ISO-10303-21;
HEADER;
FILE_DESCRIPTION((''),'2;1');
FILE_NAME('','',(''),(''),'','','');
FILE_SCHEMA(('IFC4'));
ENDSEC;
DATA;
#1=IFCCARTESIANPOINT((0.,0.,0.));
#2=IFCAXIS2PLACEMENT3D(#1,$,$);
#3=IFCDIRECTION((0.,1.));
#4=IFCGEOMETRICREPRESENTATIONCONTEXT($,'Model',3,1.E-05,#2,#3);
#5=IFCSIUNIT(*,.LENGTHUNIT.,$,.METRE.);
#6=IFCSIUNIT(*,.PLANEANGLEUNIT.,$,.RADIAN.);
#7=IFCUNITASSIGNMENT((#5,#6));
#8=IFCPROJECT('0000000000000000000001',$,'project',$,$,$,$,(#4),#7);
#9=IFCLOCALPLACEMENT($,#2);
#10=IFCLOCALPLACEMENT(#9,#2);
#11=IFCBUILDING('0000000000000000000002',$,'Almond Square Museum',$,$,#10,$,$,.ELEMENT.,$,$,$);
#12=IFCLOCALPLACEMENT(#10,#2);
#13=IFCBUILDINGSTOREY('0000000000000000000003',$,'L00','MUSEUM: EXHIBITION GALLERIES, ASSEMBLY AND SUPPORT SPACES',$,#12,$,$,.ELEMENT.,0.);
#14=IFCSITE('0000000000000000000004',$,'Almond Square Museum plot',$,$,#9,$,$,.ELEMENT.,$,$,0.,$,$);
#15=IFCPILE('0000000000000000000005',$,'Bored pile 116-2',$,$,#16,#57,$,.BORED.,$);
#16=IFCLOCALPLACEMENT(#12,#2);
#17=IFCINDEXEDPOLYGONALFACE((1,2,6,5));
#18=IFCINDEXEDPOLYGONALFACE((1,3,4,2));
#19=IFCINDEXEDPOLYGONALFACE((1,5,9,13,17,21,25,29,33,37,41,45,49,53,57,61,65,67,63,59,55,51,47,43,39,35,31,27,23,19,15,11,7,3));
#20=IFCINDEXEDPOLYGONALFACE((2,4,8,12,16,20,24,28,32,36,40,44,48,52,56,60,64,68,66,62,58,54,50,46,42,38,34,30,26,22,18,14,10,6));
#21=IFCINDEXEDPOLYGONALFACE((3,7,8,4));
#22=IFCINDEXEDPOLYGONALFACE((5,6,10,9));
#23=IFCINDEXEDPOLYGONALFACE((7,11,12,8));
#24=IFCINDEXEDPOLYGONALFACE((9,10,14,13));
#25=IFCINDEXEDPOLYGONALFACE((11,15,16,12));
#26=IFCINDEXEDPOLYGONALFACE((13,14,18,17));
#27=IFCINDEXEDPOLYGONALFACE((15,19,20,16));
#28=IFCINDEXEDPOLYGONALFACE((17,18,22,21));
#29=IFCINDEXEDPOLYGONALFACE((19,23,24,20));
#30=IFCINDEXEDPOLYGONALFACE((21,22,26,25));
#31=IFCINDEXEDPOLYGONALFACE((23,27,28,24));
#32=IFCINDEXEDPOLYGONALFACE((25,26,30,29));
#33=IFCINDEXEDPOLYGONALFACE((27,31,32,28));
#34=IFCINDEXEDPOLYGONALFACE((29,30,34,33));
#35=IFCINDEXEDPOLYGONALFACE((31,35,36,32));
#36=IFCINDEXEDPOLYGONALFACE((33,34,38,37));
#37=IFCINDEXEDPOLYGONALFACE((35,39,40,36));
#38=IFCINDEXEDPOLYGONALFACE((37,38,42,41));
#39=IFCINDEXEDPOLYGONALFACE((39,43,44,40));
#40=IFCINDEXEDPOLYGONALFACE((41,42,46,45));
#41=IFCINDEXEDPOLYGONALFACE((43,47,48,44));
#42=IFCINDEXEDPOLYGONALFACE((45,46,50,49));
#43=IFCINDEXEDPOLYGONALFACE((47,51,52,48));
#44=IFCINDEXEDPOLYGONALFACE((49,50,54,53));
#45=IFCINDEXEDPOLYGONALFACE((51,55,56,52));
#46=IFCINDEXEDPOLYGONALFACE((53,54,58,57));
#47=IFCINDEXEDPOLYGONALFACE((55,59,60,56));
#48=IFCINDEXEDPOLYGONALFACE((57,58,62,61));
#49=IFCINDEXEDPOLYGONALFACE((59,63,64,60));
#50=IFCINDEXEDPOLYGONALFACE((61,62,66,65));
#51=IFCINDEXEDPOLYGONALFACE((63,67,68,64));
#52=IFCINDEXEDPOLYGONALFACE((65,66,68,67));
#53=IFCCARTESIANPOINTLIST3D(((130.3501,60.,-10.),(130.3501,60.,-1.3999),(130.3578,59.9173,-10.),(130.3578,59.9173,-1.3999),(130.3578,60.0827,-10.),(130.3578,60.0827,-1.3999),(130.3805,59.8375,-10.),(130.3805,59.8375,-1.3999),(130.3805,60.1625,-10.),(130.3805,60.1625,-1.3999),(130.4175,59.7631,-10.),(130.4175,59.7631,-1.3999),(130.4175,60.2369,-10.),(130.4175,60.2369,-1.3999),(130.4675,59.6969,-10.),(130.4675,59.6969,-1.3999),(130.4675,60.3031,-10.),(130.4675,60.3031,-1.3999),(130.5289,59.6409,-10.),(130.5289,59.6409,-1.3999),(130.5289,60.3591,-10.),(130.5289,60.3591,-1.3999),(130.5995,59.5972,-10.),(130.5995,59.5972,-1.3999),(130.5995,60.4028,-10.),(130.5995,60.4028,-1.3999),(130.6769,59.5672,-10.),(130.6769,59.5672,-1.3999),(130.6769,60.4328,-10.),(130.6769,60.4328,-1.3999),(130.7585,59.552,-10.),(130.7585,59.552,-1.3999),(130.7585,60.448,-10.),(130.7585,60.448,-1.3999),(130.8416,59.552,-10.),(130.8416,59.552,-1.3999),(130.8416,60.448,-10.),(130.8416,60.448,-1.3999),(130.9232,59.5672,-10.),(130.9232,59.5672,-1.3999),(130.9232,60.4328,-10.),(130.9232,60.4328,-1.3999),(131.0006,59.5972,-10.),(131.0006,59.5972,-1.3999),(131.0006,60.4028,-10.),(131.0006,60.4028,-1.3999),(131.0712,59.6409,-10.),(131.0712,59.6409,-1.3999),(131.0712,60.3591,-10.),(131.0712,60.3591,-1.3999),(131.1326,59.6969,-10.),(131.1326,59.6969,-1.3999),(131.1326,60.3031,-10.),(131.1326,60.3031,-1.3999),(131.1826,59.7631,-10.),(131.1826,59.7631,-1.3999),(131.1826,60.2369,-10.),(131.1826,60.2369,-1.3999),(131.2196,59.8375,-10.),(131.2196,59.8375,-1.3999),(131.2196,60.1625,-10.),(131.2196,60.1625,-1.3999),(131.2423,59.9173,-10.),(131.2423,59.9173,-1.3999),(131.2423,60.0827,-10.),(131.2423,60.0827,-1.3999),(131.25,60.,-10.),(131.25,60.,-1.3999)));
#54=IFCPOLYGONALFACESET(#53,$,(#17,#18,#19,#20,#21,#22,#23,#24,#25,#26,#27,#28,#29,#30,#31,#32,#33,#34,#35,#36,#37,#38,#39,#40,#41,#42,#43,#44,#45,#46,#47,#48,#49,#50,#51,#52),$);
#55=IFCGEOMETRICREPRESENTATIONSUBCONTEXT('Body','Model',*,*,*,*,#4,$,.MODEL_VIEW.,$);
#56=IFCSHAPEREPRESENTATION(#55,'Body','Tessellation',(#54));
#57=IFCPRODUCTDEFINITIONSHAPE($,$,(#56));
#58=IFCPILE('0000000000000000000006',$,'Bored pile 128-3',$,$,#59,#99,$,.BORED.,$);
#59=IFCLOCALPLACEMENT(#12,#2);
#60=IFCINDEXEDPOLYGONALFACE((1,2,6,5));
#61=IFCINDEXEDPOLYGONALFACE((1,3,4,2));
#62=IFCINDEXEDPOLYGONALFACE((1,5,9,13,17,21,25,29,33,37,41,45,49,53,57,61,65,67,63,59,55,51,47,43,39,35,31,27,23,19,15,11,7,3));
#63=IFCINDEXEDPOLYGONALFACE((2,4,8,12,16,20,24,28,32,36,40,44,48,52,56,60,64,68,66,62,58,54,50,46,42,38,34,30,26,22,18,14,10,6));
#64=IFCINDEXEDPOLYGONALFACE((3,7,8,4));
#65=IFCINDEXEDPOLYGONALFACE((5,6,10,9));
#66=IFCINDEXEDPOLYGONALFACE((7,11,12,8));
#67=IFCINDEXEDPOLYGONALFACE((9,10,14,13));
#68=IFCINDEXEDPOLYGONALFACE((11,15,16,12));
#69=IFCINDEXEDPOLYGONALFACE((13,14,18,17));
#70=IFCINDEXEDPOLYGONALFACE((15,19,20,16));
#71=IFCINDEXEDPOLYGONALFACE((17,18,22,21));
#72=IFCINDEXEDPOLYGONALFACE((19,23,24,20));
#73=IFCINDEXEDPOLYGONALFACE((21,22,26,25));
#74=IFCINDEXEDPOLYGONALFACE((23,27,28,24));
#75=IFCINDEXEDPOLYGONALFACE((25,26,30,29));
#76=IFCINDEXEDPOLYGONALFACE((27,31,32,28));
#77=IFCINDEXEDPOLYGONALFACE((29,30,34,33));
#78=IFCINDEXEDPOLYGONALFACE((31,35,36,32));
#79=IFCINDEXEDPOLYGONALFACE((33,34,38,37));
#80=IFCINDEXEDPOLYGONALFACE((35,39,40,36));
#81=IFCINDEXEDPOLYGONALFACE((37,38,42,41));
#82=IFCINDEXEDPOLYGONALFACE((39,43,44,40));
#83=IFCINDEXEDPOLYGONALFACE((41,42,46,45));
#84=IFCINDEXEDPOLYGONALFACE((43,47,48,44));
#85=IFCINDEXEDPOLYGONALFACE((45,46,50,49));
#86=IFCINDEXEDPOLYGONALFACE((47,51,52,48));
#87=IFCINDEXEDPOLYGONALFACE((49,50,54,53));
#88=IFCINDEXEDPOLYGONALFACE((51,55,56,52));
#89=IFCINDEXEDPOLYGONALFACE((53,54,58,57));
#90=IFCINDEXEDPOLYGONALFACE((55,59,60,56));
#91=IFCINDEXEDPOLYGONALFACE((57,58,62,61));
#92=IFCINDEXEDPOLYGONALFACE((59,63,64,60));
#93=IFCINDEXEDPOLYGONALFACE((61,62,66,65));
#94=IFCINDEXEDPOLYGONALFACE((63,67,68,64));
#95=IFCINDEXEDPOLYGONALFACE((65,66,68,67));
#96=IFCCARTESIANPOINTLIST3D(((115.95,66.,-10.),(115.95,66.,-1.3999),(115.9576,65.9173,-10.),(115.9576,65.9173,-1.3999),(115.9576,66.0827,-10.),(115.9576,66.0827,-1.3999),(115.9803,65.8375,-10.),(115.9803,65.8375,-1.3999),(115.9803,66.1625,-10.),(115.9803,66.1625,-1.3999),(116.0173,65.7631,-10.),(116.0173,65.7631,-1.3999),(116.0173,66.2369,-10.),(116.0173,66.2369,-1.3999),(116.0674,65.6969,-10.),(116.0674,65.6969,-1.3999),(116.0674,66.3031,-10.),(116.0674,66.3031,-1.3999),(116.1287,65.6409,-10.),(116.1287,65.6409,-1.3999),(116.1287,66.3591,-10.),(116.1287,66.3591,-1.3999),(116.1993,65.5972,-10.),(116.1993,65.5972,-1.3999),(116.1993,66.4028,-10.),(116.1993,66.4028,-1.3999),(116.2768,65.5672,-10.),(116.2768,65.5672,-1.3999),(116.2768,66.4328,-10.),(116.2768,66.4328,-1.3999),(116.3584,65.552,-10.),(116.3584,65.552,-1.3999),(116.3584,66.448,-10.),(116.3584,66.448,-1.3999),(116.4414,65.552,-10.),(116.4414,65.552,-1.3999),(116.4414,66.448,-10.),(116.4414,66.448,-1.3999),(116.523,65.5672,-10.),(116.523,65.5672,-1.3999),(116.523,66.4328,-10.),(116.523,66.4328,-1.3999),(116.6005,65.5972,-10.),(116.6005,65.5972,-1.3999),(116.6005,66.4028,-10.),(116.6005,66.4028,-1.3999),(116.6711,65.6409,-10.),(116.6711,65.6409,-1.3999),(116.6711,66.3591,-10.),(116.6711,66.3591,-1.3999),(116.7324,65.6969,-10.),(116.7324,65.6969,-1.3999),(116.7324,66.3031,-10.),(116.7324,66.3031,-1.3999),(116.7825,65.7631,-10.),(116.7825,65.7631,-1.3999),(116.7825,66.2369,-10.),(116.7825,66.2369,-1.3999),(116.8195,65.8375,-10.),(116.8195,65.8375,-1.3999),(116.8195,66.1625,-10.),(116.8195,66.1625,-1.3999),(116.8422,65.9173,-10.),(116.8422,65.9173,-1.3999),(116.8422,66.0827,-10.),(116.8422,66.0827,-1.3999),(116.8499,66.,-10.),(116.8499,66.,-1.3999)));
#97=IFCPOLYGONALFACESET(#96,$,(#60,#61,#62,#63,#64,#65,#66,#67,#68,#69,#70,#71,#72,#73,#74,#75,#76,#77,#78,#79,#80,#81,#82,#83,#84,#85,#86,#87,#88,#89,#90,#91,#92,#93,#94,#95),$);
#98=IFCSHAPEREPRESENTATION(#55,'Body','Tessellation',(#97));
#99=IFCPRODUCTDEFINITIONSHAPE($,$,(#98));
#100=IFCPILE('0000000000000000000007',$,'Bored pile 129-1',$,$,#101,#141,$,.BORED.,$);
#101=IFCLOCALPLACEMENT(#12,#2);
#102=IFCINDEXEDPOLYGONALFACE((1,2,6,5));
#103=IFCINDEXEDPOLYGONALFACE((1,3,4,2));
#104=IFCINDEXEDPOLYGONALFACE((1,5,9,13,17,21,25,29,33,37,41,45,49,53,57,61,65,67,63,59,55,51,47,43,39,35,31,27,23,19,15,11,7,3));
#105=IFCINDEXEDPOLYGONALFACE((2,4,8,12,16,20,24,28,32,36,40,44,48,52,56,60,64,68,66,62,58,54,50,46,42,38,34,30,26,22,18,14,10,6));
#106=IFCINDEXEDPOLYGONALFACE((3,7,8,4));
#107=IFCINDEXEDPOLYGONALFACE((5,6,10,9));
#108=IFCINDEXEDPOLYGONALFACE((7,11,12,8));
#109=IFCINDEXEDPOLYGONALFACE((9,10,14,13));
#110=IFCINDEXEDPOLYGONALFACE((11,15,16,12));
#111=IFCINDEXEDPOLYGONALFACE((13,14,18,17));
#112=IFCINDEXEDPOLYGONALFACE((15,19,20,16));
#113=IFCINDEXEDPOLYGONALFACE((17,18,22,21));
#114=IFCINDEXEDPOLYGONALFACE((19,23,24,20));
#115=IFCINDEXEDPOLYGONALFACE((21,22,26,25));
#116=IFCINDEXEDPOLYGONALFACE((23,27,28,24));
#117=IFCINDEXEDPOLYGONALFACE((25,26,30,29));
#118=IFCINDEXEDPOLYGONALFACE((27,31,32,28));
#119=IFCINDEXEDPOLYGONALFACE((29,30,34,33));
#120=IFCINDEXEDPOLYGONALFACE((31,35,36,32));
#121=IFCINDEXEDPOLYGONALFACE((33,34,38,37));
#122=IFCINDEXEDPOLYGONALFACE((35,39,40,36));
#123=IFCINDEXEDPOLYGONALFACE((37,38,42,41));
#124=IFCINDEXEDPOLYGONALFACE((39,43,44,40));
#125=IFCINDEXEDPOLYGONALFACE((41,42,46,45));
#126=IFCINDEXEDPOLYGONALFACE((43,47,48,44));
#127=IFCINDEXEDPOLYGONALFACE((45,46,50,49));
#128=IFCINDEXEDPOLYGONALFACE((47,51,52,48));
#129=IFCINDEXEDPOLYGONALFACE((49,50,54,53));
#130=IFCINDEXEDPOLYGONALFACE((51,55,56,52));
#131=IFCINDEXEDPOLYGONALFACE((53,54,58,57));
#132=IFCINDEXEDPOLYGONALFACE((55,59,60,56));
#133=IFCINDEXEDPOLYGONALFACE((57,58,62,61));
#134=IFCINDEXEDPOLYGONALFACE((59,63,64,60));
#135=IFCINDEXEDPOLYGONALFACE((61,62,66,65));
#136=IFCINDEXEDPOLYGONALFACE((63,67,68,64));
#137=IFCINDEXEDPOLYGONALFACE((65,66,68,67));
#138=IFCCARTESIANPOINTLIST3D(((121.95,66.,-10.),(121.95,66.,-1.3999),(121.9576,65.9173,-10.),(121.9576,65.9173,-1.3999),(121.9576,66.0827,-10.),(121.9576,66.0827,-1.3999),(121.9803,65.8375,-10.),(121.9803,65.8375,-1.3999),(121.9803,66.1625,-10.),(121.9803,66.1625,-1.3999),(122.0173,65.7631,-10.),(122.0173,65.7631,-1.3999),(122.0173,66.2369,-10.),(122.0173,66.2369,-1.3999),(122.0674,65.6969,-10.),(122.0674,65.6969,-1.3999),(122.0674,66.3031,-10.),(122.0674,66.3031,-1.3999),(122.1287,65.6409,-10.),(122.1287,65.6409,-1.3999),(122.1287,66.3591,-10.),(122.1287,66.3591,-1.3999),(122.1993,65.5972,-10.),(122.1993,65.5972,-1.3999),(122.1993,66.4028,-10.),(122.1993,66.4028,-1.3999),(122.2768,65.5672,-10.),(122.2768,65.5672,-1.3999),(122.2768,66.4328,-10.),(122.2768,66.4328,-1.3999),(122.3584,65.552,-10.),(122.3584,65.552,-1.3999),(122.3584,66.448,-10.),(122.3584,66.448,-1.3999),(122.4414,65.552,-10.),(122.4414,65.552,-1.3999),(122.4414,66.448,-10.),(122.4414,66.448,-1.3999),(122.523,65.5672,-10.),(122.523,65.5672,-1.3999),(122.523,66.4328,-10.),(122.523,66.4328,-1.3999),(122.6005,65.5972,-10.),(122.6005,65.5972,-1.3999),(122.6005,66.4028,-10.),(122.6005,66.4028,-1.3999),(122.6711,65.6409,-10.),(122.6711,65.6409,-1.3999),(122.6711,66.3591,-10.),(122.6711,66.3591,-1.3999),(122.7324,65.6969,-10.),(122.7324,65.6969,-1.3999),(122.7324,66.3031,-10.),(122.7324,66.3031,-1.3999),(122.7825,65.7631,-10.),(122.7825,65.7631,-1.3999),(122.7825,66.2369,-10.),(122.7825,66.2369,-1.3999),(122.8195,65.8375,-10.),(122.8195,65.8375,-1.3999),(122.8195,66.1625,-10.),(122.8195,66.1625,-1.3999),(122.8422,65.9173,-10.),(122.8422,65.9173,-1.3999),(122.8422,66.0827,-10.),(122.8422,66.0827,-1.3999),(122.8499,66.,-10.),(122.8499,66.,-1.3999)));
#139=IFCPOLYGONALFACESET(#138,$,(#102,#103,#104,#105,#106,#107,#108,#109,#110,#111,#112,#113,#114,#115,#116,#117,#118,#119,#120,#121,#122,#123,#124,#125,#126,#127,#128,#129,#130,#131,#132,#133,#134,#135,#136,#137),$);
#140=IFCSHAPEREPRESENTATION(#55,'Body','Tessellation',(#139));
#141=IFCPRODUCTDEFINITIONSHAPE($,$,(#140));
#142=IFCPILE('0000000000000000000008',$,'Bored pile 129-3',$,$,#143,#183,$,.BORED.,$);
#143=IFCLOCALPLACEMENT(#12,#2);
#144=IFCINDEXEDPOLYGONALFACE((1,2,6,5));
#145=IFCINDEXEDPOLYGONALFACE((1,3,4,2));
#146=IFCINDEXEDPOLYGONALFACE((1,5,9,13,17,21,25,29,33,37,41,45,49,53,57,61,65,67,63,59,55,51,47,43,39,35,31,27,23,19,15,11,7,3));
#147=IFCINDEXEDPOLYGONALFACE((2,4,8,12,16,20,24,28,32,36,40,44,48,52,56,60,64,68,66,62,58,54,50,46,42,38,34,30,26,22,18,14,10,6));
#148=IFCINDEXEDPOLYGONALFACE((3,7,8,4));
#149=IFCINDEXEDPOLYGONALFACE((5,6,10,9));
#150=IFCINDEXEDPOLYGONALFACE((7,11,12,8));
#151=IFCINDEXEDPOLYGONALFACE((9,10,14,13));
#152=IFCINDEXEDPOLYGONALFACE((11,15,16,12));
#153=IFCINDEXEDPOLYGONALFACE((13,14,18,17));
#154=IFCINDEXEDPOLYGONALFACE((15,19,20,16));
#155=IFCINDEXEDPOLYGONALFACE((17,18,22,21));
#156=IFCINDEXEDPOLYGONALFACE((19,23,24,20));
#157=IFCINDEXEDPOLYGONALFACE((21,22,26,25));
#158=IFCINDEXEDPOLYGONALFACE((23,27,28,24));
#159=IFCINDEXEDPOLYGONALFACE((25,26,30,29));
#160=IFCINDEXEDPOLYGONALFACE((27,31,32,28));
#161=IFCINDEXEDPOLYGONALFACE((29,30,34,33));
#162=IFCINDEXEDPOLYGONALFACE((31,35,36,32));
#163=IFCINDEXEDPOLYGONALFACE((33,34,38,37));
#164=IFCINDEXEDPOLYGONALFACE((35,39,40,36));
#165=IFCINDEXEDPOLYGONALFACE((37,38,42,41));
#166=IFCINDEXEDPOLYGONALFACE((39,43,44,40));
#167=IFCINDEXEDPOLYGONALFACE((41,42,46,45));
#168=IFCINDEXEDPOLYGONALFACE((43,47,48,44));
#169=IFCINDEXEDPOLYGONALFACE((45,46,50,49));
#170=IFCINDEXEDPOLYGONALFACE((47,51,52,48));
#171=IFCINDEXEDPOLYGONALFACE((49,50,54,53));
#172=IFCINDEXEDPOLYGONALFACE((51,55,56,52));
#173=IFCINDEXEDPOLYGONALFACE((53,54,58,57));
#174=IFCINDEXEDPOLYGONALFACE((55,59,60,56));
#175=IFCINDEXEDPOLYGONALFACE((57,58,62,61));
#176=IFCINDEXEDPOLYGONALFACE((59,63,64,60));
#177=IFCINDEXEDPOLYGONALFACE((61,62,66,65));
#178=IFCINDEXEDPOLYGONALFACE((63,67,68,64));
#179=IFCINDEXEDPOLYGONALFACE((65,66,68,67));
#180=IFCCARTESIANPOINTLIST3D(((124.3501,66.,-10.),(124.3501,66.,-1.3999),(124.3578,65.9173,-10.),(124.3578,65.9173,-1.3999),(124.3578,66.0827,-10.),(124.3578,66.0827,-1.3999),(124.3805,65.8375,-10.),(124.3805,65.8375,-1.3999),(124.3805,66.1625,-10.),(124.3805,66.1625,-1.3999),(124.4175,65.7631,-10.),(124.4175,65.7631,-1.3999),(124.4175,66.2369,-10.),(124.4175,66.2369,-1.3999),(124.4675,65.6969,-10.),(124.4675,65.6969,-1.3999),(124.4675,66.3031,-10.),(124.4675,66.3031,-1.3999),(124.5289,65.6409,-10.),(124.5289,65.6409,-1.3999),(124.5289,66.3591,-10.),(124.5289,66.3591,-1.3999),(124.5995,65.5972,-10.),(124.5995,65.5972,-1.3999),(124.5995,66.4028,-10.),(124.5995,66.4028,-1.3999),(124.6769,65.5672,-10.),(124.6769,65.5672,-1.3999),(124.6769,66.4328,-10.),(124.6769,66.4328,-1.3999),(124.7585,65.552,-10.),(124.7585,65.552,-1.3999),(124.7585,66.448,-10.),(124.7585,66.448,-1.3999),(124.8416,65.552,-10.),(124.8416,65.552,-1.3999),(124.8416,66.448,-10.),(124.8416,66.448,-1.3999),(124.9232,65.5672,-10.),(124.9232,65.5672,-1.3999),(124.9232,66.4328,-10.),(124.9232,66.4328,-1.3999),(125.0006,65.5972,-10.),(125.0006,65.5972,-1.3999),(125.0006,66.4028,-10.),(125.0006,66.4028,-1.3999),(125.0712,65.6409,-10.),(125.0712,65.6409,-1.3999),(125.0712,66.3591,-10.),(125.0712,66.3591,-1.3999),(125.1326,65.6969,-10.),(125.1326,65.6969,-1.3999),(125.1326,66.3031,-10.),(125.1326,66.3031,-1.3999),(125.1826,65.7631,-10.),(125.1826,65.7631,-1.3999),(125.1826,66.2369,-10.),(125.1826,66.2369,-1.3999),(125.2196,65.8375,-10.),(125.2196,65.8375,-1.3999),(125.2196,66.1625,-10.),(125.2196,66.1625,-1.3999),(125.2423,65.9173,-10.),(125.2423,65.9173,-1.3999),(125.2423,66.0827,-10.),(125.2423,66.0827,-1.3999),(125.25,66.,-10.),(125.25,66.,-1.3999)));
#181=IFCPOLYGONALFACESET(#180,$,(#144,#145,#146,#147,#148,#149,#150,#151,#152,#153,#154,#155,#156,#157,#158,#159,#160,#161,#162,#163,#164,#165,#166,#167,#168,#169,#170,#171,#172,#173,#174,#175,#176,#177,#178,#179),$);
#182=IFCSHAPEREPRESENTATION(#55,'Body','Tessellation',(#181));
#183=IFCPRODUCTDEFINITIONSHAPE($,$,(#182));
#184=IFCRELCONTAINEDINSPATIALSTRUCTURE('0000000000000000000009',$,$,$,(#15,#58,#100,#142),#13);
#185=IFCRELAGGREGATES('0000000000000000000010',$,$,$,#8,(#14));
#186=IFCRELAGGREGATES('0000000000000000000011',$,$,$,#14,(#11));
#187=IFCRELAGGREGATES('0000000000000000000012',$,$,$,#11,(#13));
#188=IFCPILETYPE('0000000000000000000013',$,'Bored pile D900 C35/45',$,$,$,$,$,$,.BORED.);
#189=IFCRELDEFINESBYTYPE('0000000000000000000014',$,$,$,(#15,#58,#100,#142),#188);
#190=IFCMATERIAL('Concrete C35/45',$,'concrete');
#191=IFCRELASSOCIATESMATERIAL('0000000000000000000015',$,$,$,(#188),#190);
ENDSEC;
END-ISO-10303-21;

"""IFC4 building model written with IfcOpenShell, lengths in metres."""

from ifc_helpers import new_model, si_unit, direction, frame, origin, origin_2d, place, context, subcontext, project, spatial, circle, extrude, material, material_profile, profile_set, type_object, element, save


model = new_model("IFC4")

# Units and contexts
model_context = context("Model", 3, precision=1e-05, world=origin(), true_north=direction((0.0, 1.0)))
body_context = subcontext(model_context, "Body", "Model", "MODEL_VIEW")
ifc_project = project(units=[si_unit("LENGTHUNIT", "METRE"), si_unit("PLANEANGLEUNIT", "RADIAN")], contexts=[model_context])

# Site, building, storey
site_placement = place(None, origin())
site = spatial("IfcSite", under=ifc_project, at=site_placement, Name="Almond Square Museum plot", CompositionType="ELEMENT", RefElevation=0.0)
building_placement = place(site_placement, origin())
building = spatial("IfcBuilding", under=site, at=building_placement, Name="Almond Square Museum", CompositionType="ELEMENT")
storey_placement = place(building_placement, origin())
storey = spatial("IfcBuildingStorey", under=building, at=storey_placement, Name="L00", Description="MUSEUM: EXHIBITION GALLERIES, ASSEMBLY AND SUPPORT SPACES", CompositionType="ELEMENT", Elevation=0.0)

# Piles
ifc_material_1 = material(Name="Concrete C35/45", Category="concrete")
ifc_material_profile_1 = material_profile(ifc_material_1, circle(Radius=0.45, at=origin_2d()))
ifc_profile_set_1 = profile_set([ifc_material_profile_1], Name="Concrete C35/45")
pile_type = type_object("IfcPileType", Name="Bored pile D900 C35/45", PredefinedType="BORED", material=ifc_profile_set_1)
for number, where, z_axis, x_axis, name in (
    (1, (130.8, 60.0, -1.3999), (0.0, 0.0, -1.0), (1.0, 0.0, 0.0), "Bored pile 116-2"),
    (2, (116.3999, 66.0, -1.3999), (0.0, 0.0, -1.0), (1.0, 0.0, 0.0), "Bored pile 128-3"),
    (3, (122.3999, 66.0, -1.3999), (0.0, 0.0, -1.0), (1.0, 0.0, 0.0), "Bored pile 129-1"),
    (4, (124.8, 66.0, -1.3999), (0.0, 0.0, -1.0), (1.0, 0.0, 0.0), "Bored pile 129-3"),
):
    element("IfcPile", number, at=place(storey_placement, frame(where, z_axis=z_axis, x_axis=x_axis)), inside=storey, type_object=pile_type, Name=name, PredefinedType="BORED", context=body_context, shape_type="SweptSolid", body=[
        extrude(circle(Radius=0.45, at=origin_2d()), origin(), (0.0, 0.0, 1.0), 8.6001),
    ])

save(model, "model.ifc")
